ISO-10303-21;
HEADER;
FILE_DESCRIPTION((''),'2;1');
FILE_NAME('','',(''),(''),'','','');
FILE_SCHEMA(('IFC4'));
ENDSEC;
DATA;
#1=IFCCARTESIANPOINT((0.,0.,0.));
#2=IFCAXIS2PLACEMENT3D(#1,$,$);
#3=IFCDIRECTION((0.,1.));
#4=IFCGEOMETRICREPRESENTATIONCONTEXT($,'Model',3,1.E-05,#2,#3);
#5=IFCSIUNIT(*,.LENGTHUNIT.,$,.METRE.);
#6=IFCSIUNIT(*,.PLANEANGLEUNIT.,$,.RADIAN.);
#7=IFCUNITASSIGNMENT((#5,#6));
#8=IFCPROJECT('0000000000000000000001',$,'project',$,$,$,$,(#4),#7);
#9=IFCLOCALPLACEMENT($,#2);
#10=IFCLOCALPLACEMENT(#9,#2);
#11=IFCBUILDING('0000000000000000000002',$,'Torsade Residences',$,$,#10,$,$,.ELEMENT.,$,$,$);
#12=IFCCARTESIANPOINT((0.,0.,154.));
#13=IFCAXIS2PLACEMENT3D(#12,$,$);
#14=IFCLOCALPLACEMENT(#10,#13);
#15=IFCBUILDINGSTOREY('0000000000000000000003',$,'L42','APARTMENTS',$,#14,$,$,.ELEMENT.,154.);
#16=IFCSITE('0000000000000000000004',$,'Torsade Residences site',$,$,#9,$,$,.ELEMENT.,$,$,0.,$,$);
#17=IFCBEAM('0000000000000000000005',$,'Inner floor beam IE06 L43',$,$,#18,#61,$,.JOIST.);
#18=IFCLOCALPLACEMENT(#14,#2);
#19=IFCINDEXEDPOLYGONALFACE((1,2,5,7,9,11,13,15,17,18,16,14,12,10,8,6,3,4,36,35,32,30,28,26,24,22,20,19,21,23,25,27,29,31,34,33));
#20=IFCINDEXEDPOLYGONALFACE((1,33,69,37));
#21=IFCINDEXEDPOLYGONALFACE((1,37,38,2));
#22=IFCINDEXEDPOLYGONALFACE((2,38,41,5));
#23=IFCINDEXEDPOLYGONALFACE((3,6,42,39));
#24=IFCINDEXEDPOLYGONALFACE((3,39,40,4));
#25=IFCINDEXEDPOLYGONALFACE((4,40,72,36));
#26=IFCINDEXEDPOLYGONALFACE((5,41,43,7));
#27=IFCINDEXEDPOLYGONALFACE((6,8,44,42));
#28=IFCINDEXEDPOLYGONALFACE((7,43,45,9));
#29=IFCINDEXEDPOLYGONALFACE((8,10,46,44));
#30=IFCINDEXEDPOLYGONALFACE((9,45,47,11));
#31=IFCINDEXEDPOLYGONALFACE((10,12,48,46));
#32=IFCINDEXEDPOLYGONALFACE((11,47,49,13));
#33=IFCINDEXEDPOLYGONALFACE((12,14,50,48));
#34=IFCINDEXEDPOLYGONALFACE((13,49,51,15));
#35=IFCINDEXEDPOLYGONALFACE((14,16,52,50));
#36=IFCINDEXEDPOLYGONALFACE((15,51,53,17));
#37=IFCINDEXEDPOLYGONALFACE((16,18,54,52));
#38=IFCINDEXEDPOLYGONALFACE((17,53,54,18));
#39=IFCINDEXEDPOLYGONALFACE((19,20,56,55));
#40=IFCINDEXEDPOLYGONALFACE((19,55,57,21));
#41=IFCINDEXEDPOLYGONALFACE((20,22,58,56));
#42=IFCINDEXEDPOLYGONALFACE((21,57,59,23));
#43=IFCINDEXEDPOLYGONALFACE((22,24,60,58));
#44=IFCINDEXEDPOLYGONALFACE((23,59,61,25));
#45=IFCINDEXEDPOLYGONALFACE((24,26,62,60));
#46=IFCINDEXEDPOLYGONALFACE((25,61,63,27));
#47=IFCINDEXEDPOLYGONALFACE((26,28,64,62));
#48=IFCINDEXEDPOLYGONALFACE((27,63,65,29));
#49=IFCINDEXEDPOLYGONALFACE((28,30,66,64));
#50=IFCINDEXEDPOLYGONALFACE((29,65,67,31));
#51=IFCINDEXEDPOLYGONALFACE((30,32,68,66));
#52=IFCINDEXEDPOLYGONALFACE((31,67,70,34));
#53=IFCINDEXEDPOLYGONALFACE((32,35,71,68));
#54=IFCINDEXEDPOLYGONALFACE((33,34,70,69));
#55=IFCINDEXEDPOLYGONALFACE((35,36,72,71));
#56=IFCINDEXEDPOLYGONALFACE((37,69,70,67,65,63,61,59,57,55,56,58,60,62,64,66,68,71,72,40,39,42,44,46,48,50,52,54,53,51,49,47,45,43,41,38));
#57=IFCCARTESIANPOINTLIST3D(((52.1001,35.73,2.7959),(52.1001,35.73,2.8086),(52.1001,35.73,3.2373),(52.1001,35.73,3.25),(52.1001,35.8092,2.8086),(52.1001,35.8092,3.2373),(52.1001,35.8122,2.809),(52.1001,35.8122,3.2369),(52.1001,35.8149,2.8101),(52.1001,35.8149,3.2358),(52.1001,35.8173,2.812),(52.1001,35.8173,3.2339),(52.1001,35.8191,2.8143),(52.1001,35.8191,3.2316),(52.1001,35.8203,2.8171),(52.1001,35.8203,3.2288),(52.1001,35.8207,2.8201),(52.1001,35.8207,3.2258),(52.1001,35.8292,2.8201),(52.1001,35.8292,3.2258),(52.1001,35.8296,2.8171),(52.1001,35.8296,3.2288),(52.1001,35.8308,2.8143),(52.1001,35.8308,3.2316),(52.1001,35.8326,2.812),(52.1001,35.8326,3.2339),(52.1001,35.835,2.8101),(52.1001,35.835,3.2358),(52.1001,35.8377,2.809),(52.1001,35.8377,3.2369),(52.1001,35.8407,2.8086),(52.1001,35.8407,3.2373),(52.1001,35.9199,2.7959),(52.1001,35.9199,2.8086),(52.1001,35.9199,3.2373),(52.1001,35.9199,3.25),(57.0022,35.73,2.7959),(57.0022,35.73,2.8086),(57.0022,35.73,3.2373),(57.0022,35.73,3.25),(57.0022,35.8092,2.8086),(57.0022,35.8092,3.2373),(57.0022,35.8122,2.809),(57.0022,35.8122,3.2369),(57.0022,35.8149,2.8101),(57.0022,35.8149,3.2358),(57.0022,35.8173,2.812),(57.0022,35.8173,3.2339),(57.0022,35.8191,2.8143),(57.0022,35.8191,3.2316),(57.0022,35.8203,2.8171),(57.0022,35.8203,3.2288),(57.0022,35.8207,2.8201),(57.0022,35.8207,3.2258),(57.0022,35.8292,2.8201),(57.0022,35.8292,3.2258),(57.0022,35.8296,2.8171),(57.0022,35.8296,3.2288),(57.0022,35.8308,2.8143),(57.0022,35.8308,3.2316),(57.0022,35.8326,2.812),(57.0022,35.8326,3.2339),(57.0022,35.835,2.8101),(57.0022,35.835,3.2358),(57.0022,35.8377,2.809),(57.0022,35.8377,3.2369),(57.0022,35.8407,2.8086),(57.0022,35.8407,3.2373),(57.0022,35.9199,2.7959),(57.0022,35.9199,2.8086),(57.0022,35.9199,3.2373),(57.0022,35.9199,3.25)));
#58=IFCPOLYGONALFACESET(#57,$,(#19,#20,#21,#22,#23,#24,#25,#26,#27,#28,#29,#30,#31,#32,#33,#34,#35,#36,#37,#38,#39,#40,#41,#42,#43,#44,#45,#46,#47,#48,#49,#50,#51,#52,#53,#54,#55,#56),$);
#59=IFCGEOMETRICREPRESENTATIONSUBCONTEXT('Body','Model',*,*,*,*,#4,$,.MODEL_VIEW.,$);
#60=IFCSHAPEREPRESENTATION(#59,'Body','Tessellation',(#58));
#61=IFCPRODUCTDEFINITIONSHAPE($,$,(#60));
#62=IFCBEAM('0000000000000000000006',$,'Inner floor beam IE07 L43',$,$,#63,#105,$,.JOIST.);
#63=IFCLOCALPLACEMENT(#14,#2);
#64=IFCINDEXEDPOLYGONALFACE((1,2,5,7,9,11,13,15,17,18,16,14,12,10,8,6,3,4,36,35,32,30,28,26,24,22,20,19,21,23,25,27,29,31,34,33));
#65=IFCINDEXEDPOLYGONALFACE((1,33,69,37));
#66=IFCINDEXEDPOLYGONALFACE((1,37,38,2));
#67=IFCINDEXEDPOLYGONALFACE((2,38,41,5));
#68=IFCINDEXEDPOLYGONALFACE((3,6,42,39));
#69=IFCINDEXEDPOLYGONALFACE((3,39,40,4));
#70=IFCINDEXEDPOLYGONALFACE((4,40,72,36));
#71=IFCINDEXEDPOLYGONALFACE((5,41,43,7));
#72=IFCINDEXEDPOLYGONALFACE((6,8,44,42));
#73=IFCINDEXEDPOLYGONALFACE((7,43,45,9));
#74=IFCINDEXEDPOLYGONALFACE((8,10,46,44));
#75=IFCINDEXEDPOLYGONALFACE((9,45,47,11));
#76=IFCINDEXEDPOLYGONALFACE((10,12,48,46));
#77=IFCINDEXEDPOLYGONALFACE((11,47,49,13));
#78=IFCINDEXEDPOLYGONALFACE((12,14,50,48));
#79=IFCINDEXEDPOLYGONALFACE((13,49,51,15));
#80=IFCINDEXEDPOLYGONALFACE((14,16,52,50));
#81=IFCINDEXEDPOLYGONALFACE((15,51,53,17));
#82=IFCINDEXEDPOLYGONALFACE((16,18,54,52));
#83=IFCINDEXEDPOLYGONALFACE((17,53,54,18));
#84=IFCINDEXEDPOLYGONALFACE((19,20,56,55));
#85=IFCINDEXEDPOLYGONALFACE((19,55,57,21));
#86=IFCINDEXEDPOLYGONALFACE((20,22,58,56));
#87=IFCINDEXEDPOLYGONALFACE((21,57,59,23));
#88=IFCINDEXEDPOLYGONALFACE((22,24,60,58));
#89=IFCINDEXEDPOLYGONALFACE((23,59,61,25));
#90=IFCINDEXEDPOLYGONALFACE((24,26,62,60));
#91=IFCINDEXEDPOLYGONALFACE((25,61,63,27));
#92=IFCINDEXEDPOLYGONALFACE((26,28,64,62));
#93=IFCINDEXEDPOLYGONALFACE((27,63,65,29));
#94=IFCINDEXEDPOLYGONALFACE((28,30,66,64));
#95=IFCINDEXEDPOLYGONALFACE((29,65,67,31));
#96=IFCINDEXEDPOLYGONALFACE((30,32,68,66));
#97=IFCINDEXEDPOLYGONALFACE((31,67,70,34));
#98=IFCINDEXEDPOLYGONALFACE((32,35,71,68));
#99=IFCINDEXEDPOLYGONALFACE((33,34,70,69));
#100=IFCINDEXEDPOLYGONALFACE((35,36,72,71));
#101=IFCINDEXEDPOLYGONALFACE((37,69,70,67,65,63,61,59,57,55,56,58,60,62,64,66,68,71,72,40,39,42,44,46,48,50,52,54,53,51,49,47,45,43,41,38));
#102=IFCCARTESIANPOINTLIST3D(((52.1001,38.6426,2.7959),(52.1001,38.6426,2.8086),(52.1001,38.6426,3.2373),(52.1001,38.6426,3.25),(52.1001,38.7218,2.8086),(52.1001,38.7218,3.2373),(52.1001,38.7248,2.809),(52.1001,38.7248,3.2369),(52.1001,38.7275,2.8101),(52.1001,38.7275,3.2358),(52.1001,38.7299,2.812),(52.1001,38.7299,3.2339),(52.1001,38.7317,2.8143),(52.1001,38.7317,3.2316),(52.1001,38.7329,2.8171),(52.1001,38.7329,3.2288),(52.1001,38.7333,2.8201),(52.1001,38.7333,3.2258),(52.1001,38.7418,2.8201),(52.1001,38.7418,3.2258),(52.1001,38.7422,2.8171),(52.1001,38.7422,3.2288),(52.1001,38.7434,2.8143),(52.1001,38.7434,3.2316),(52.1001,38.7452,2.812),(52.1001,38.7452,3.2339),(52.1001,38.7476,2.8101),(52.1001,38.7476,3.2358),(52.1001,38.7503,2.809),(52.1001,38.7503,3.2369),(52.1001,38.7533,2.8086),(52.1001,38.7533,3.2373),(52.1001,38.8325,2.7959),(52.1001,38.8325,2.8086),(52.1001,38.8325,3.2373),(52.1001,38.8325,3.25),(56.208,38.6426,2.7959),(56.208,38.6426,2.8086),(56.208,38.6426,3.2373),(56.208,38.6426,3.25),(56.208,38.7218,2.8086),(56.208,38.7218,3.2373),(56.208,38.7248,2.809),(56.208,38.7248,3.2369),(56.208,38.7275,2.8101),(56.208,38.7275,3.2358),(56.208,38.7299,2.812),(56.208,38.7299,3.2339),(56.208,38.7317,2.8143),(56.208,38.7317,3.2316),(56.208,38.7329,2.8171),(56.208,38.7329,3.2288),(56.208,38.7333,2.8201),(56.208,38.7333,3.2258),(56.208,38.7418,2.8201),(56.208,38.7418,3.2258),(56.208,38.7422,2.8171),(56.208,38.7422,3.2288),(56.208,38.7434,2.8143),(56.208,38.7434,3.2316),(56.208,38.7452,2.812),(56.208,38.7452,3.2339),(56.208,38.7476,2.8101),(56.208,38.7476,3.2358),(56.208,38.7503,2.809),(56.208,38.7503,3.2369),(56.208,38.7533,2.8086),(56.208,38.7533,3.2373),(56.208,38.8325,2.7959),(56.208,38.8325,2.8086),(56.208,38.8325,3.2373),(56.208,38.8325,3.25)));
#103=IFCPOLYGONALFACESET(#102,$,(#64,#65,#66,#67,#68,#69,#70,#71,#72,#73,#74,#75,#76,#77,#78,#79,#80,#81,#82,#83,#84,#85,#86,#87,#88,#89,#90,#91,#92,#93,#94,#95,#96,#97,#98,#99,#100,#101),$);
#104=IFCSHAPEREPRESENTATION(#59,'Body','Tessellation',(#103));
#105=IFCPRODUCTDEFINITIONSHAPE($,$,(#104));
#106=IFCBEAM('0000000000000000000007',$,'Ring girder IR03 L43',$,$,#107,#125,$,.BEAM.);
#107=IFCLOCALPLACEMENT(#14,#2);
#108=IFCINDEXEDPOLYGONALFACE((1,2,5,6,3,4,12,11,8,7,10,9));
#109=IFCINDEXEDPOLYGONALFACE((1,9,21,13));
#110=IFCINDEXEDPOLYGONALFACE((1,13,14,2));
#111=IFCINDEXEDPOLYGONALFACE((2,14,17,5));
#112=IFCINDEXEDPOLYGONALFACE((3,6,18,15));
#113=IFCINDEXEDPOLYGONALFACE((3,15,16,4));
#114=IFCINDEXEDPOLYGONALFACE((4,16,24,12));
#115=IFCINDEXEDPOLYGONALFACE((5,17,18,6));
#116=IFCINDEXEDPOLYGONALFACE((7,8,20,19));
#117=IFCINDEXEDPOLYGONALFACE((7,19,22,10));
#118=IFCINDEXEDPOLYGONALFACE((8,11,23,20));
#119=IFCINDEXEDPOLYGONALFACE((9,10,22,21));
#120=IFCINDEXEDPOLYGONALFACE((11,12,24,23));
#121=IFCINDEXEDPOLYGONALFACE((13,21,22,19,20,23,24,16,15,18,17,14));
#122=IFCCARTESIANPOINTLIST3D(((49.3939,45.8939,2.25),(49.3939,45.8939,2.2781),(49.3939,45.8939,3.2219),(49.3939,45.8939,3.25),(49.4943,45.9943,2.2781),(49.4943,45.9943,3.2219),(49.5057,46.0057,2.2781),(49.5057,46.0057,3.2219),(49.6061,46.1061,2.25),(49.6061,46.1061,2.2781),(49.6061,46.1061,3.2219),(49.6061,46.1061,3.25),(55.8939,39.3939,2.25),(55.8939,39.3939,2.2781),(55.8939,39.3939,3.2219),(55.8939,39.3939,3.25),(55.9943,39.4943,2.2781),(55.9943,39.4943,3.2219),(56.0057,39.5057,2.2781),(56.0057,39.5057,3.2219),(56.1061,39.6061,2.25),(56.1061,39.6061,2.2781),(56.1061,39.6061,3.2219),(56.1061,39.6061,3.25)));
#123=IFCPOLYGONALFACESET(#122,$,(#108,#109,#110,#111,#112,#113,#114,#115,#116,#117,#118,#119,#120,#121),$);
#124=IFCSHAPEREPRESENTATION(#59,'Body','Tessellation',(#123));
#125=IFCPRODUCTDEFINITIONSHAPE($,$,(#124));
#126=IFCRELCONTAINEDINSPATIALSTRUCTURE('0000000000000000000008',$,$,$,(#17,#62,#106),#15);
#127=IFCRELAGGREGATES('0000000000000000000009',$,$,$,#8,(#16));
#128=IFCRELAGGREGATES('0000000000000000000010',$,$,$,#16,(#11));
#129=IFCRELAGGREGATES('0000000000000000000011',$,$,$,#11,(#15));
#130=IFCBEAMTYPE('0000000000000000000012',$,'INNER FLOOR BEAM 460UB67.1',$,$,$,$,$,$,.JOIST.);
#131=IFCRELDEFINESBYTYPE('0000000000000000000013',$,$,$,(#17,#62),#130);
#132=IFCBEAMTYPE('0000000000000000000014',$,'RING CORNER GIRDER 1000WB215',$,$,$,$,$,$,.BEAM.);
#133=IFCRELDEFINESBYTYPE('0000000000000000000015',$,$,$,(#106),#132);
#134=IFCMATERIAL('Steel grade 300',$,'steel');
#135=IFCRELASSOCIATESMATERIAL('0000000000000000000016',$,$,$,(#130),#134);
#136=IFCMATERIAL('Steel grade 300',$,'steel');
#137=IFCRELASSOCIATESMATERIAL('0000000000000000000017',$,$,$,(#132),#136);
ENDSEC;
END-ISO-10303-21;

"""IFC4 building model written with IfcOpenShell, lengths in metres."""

from ifc_helpers import new_model, si_unit, direction, frame, origin, origin_2d, place, context, subcontext, project, spatial, i_section, extrude, material, material_profile, profile_set, type_object, element, save


model = new_model("IFC4")

# Units and contexts
model_context = context("Model", 3, precision=1e-05, world=origin(), true_north=direction((0.0, 1.0)))
body_context = subcontext(model_context, "Body", "Model", "MODEL_VIEW")
ifc_project = project(units=[si_unit("LENGTHUNIT", "METRE"), si_unit("PLANEANGLEUNIT", "RADIAN")], contexts=[model_context])

# Site, building, storey
site_placement = place(None, origin())
site = spatial("IfcSite", under=ifc_project, at=site_placement, Name="Torsade Residences site", CompositionType="ELEMENT", RefElevation=0.0)
building_placement = place(site_placement, origin())
building = spatial("IfcBuilding", under=site, at=building_placement, Name="Torsade Residences", CompositionType="ELEMENT")
storey_placement = place(building_placement, frame((0.0, 0.0, 154.0)))
storey = spatial("IfcBuildingStorey", under=building, at=storey_placement, Name="L42", Description="APARTMENTS", CompositionType="ELEMENT", Elevation=154.0)

# Beams
ifc_material_1 = material(Name="Steel grade 300", Category="steel")
ifc_material_profile_1 = material_profile(ifc_material_1, i_section(OverallWidth=0.1899, OverallDepth=0.4541, WebThickness=0.0085, FlangeThickness=0.0127, FilletRadius=0.0115, at=origin_2d()), Name="460UB67.1")
ifc_profile_set_1 = profile_set([ifc_material_profile_1], Name="Steel grade 300")
beam_type_1 = type_object("IfcBeamType", Name="INNER FLOOR BEAM 460UB67.1", PredefinedType="JOIST", material=ifc_profile_set_1)
beam_1_placement = place(storey_placement, frame((52.1001, 35.825, 3.0229), z_axis=(1.0, 0.0, 0.0), x_axis=(0.0, 1.0, 0.0)))
element("IfcBeam", 1, at=beam_1_placement, inside=storey, type_object=beam_type_1, Name="Inner floor beam IE06 L43", PredefinedType="JOIST", context=body_context, shape_type="SweptSolid", body=[
    extrude(i_section(OverallWidth=0.1899, OverallDepth=0.4541, WebThickness=0.0085, FlangeThickness=0.0127, FilletRadius=0.0115, at=origin_2d()), origin(), (0.0, 0.0, 1.0), 4.9021),
])
beam_2_placement = place(storey_placement, frame((52.1001, 38.7375, 3.0229), z_axis=(1.0, 0.0, 0.0), x_axis=(0.0, 1.0, 0.0)))
element("IfcBeam", 2, at=beam_2_placement, inside=storey, type_object=beam_type_1, Name="Inner floor beam IE07 L43", PredefinedType="JOIST", context=body_context, shape_type="SweptSolid", body=[
    extrude(i_section(OverallWidth=0.1899, OverallDepth=0.4541, WebThickness=0.0085, FlangeThickness=0.0127, FilletRadius=0.0115, at=origin_2d()), origin(), (0.0, 0.0, 1.0), 4.1079),
])
ifc_material_2 = material(Name="Steel grade 300", Category="steel")
ifc_material_profile_2 = material_profile(ifc_material_2, i_section(OverallWidth=0.3, OverallDepth=1.0, WebThickness=0.0161, FlangeThickness=0.0281, at=origin_2d()), Name="1000WB215")
ifc_profile_set_2 = profile_set([ifc_material_profile_2], Name="Steel grade 300")
beam_type_2 = type_object("IfcBeamType", Name="RING CORNER GIRDER 1000WB215", PredefinedType="BEAM", material=ifc_profile_set_2)
beam_3_placement = place(storey_placement, frame((56.0, 39.5, 2.75), z_axis=(-0.707107, 0.707107, 0.0), x_axis=(-0.707107, -0.707107, 0.0)))
element("IfcBeam", 3, at=beam_3_placement, inside=storey, type_object=beam_type_2, Name="Ring girder IR03 L43", PredefinedType="BEAM", context=body_context, shape_type="SweptSolid", body=[
    extrude(i_section(OverallWidth=0.3, OverallDepth=1.0, WebThickness=0.0161, FlangeThickness=0.0281, at=origin_2d()), origin(), (0.0, 0.0, 1.0), 9.1924),
])

save(model, "model.ifc")
